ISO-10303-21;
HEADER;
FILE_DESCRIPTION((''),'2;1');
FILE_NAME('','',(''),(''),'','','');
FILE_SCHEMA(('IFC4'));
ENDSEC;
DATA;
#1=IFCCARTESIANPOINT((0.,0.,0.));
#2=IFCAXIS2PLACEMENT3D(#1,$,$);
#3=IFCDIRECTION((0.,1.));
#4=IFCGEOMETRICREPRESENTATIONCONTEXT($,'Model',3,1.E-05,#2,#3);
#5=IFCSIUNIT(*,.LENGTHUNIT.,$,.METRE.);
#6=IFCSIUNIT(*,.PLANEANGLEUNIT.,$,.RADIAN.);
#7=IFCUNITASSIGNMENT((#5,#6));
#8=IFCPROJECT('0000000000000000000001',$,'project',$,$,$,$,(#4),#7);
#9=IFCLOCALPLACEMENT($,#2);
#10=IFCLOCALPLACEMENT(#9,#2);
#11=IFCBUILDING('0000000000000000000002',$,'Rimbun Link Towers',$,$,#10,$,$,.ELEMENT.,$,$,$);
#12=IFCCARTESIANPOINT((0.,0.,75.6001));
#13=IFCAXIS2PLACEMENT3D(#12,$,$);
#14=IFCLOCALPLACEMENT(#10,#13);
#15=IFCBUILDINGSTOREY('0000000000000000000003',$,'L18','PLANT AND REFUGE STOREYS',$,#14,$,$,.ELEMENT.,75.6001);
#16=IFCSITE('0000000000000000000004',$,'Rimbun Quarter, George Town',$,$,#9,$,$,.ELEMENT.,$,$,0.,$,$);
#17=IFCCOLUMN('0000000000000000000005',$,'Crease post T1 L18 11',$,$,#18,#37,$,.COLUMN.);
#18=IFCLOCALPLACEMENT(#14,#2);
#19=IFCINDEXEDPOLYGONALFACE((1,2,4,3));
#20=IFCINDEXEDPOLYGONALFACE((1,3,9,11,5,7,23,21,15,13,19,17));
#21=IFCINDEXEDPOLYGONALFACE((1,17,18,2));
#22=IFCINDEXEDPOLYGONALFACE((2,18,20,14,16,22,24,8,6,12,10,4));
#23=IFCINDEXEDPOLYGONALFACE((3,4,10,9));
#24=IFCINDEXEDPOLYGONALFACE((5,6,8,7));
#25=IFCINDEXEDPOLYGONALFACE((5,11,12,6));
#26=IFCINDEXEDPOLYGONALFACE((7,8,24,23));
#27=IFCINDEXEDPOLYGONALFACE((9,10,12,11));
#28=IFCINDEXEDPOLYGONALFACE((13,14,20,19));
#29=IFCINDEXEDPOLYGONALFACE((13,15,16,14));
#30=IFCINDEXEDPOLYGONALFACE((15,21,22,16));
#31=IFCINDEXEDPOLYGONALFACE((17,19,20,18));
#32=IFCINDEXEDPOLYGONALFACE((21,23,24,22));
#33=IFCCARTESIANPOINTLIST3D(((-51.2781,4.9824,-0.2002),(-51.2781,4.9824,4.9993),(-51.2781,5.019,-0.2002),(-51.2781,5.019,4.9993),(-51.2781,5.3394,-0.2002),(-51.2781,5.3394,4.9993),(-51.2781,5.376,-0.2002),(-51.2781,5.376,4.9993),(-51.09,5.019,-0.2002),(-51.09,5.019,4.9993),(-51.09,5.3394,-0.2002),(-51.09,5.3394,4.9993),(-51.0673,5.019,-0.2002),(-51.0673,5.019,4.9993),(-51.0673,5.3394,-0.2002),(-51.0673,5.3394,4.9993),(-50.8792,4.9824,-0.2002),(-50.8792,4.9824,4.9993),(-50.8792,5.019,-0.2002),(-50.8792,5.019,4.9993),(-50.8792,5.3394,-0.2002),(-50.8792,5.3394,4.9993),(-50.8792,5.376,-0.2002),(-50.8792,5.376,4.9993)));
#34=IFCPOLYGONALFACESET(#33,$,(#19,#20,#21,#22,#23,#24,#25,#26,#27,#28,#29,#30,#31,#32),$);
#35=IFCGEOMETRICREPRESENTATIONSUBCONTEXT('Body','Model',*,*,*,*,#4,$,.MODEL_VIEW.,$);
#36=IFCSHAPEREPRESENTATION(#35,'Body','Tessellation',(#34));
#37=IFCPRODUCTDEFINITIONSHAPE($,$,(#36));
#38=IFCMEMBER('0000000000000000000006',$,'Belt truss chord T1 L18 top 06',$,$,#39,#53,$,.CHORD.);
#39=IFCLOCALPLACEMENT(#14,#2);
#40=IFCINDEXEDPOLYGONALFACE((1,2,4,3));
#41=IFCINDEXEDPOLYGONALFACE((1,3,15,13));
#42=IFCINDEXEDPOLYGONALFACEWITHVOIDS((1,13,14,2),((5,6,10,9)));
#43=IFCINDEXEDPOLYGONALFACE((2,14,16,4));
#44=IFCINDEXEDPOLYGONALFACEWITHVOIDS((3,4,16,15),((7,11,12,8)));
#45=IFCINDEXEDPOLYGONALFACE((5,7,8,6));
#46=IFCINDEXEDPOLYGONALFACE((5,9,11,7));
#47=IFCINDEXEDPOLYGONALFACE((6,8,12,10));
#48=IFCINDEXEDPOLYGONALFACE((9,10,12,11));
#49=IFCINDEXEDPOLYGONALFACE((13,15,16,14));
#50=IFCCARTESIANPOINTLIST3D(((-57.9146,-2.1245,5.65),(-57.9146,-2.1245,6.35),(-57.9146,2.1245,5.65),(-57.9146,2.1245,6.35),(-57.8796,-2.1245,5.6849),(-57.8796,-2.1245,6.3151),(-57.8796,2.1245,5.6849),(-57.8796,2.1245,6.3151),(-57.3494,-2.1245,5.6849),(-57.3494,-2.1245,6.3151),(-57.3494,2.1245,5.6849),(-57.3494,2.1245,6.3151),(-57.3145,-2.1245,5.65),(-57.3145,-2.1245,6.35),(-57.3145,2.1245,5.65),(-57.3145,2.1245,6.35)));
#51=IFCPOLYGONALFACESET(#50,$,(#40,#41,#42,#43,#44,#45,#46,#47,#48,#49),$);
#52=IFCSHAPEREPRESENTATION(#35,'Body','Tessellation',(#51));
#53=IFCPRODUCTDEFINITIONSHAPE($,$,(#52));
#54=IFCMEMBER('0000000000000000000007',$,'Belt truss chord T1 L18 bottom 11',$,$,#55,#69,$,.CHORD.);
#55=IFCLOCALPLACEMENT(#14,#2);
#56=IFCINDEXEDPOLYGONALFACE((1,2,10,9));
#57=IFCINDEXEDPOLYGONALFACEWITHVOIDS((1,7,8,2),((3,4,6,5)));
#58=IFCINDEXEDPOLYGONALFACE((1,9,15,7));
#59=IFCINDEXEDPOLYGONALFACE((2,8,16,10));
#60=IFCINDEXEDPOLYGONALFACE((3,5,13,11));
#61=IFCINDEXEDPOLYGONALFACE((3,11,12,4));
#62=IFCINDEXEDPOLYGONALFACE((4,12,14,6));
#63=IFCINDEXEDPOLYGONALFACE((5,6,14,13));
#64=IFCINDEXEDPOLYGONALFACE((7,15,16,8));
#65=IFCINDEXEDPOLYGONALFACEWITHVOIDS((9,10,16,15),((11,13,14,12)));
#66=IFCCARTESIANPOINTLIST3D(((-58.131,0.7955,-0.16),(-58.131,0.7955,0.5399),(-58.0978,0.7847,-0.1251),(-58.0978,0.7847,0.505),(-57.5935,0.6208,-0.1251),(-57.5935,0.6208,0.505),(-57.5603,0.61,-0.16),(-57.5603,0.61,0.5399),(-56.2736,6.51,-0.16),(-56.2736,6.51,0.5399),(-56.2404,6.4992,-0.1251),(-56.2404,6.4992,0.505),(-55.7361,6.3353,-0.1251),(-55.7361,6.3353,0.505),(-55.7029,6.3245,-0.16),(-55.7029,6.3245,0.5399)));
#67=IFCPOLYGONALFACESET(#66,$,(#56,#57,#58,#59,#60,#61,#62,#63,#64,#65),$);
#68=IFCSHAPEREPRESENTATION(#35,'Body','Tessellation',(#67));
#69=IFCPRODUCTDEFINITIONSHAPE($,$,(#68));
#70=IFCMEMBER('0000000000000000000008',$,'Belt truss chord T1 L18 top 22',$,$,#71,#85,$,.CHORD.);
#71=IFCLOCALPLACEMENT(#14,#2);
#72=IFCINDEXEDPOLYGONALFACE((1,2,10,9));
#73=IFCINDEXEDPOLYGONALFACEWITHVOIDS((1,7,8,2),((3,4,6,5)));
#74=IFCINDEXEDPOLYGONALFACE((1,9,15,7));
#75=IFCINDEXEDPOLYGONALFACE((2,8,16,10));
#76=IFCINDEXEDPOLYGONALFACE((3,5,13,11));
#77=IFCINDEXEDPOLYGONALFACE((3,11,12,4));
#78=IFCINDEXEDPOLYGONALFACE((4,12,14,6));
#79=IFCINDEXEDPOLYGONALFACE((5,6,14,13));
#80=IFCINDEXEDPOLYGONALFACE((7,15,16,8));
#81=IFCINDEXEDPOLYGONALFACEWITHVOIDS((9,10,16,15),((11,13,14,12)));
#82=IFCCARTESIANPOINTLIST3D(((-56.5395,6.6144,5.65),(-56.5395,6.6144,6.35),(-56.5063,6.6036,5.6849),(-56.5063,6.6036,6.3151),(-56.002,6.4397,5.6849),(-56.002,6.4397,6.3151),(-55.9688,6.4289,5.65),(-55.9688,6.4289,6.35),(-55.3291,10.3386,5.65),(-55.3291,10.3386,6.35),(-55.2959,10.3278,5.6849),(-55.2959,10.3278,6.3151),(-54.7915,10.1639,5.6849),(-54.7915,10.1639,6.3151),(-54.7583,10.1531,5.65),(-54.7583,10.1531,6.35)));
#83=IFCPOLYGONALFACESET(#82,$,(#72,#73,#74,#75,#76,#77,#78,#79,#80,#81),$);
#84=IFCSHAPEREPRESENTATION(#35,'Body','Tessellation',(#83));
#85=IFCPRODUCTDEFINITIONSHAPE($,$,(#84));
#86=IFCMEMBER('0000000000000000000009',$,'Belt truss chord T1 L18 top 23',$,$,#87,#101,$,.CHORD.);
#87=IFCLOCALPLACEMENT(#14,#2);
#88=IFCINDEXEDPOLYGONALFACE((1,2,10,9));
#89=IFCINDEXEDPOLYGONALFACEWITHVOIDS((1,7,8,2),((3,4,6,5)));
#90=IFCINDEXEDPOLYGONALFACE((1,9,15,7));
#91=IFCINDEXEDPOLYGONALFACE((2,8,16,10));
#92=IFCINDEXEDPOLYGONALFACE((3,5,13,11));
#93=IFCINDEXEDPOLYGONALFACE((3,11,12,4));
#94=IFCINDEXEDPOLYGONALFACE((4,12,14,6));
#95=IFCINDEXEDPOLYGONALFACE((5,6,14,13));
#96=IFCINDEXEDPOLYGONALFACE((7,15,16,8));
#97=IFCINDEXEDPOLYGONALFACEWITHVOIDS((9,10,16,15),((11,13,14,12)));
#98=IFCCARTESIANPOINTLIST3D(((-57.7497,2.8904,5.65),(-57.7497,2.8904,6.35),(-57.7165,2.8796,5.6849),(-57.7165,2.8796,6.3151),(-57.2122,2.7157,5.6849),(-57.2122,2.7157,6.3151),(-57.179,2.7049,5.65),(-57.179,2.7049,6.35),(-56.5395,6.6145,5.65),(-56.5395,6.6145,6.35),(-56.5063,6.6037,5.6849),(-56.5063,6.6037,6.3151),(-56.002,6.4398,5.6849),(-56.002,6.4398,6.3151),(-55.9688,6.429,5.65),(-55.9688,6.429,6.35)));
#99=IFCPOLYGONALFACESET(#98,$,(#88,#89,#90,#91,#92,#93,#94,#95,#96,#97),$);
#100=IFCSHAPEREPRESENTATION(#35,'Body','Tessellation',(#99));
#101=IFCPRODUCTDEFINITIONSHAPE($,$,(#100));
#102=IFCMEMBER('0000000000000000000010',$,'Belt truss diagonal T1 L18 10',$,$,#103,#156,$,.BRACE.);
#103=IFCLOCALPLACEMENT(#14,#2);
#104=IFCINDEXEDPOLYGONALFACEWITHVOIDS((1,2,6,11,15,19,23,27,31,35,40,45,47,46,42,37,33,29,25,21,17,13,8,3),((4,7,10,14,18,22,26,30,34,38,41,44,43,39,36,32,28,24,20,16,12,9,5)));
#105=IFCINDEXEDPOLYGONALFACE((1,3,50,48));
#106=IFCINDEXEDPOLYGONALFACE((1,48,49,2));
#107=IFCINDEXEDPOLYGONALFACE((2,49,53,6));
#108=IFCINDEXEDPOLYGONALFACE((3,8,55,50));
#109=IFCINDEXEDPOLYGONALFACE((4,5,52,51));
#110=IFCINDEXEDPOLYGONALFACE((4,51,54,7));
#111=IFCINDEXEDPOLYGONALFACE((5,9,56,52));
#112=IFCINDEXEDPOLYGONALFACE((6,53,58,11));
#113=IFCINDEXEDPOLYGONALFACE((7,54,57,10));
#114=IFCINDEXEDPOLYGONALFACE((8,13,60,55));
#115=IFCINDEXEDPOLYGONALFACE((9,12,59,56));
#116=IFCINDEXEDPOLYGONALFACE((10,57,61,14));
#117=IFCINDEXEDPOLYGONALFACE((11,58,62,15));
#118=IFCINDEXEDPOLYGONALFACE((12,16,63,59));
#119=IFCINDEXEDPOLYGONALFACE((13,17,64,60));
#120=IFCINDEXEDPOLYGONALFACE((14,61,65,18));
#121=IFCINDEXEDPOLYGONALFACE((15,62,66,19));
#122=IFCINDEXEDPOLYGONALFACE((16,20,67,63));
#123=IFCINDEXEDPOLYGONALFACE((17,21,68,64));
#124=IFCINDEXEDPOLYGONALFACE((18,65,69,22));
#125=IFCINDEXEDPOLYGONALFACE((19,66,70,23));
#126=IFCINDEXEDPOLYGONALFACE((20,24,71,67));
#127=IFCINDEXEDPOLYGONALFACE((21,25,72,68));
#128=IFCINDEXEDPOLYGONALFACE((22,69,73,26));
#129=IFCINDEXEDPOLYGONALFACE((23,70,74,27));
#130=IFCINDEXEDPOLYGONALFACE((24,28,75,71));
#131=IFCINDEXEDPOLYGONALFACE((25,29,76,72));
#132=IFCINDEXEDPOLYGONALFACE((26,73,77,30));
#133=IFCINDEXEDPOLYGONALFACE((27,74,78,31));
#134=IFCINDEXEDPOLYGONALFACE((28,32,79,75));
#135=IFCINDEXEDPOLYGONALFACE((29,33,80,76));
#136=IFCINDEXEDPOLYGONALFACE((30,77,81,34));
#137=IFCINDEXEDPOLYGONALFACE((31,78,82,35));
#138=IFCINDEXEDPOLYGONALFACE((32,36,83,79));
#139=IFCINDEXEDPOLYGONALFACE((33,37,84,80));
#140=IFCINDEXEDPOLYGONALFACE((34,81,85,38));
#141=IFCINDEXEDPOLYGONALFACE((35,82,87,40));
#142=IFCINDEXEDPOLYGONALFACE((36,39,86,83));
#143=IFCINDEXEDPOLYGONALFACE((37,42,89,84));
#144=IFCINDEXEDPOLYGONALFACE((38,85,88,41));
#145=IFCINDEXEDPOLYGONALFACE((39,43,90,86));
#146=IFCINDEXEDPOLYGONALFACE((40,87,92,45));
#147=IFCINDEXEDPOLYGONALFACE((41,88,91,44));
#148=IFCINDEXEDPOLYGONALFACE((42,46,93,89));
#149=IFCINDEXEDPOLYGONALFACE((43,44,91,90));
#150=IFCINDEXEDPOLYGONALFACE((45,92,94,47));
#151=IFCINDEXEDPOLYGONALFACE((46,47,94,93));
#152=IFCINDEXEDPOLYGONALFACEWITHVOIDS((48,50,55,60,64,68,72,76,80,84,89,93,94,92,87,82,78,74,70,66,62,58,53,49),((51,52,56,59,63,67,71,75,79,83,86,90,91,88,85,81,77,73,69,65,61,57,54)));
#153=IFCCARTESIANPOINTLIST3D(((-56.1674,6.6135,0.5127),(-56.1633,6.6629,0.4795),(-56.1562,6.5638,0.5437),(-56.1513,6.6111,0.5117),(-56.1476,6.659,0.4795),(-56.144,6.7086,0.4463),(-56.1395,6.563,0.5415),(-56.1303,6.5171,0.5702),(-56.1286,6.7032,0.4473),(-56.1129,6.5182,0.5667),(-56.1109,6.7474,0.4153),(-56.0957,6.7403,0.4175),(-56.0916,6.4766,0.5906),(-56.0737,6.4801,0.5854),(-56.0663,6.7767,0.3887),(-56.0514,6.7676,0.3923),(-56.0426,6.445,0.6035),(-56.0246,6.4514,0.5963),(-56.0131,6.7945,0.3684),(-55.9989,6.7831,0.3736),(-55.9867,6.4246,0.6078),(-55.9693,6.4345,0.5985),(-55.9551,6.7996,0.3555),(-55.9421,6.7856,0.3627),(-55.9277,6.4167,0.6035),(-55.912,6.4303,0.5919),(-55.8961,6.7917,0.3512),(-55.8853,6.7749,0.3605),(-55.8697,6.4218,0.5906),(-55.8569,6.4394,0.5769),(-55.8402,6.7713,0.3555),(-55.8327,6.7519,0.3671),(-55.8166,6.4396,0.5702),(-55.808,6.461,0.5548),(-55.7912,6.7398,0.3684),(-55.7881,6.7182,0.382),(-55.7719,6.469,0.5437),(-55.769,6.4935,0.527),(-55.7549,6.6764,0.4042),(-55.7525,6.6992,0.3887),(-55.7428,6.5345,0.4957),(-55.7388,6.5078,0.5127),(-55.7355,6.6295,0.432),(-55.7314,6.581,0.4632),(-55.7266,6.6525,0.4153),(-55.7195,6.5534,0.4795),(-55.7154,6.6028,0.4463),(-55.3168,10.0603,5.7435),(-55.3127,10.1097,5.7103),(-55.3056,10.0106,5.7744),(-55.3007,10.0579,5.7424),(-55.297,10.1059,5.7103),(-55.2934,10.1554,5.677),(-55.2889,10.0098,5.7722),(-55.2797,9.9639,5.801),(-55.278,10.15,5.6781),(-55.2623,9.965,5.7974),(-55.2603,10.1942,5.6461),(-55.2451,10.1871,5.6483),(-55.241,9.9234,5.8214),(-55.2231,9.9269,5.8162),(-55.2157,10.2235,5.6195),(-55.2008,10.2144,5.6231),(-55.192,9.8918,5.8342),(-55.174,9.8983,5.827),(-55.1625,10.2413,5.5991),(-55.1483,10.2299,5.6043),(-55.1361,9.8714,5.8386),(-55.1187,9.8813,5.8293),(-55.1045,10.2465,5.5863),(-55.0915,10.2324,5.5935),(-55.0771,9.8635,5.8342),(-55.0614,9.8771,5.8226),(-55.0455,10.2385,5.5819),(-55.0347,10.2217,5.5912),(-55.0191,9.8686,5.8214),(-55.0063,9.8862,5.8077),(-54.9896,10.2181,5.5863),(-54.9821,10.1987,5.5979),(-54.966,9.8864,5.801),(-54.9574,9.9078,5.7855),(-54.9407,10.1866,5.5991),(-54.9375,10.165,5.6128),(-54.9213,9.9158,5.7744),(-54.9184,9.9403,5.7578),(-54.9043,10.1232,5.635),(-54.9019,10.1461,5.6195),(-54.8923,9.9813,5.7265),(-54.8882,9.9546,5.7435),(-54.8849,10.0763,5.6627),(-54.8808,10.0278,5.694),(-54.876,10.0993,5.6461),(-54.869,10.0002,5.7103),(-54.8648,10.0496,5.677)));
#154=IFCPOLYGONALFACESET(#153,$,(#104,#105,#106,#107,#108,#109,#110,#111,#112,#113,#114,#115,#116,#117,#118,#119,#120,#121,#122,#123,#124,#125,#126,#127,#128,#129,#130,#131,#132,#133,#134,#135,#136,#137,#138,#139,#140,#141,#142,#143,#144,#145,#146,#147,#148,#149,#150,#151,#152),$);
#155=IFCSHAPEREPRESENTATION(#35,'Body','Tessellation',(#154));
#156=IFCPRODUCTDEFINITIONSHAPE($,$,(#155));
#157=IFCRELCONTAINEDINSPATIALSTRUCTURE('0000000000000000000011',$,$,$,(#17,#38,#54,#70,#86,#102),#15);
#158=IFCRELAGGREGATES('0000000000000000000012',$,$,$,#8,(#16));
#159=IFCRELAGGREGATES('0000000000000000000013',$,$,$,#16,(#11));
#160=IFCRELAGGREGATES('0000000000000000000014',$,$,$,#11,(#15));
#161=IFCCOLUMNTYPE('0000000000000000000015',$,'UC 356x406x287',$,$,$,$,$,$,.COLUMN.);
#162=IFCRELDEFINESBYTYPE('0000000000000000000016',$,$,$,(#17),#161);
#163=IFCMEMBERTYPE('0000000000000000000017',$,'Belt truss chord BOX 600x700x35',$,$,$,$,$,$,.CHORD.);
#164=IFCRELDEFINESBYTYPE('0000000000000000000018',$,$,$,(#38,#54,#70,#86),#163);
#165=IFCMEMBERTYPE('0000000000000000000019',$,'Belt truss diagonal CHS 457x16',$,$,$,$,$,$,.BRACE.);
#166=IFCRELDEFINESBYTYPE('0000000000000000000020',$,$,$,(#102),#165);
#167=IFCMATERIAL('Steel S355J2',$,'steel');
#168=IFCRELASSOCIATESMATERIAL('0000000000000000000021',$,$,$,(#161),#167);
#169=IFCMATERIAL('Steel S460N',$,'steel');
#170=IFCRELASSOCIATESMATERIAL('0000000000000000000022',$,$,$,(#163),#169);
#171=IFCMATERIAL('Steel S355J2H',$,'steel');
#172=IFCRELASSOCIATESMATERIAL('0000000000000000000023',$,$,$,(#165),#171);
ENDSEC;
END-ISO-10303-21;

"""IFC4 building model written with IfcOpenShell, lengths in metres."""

from ifc_helpers import new_model, si_unit, direction, frame, origin, origin_2d, place, context, subcontext, project, spatial, hollow_rectangle, hollow_circle, i_section, extrude, material, material_profile, profile_set, type_object, element, save


model = new_model("IFC4")

# Units and contexts
model_context = context("Model", 3, precision=1e-05, world=origin(), true_north=direction((0.0, 1.0)))
body_context = subcontext(model_context, "Body", "Model", "MODEL_VIEW")
ifc_project = project(units=[si_unit("LENGTHUNIT", "METRE"), si_unit("PLANEANGLEUNIT", "RADIAN")], contexts=[model_context])

# Site, building, storey
site_placement = place(None, origin())
site = spatial("IfcSite", under=ifc_project, at=site_placement, Name="Rimbun Quarter, George Town", CompositionType="ELEMENT", RefElevation=0.0)
building_placement = place(site_placement, origin())
building = spatial("IfcBuilding", under=site, at=building_placement, Name="Rimbun Link Towers", CompositionType="ELEMENT")
storey_placement = place(building_placement, frame((0.0, 0.0, 75.6001)))
storey = spatial("IfcBuildingStorey", under=building, at=storey_placement, Name="L18", Description="PLANT AND REFUGE STOREYS", CompositionType="ELEMENT", Elevation=75.6001)

# Column
ifc_material_1 = material(Name="Steel S355J2", Category="steel")
ifc_material_profile_1 = material_profile(ifc_material_1, i_section(OverallWidth=0.3989, OverallDepth=0.3936, WebThickness=0.0227, FlangeThickness=0.0366, at=origin_2d()), Name="UC 356x406x287")
ifc_profile_set_1 = profile_set([ifc_material_profile_1], Name="Steel S355J2")
column_type = type_object("IfcColumnType", Name="UC 356x406x287", PredefinedType="COLUMN", material=ifc_profile_set_1)
column_placement = place(storey_placement, frame((-51.0786, 5.1792, -0.2002), z_axis=(0.0, 0.0, 1.0), x_axis=(1.0, 0.0, 0.0)))
element("IfcColumn", 1, at=column_placement, inside=storey, type_object=column_type, Name="Crease post T1 L18 11", PredefinedType="COLUMN", context=body_context, shape_type="SweptSolid", body=[
    extrude(i_section(OverallWidth=0.3989, OverallDepth=0.3936, WebThickness=0.0227, FlangeThickness=0.0366, at=origin_2d()), origin(), (0.0, 0.0, 1.0), 5.1995),
])

# Members
ifc_material_2 = material(Name="Steel S460N", Category="steel")
ifc_material_profile_2 = material_profile(ifc_material_2, hollow_rectangle(XDim=0.6001, YDim=0.7, WallThickness=0.0349, at=origin_2d()), Name="Belt truss chord BOX 600x700x35")
ifc_profile_set_2 = profile_set([ifc_material_profile_2], Name="Steel S460N")
member_type_1 = type_object("IfcMemberType", Name="Belt truss chord BOX 600x700x35", PredefinedType="CHORD", material=ifc_profile_set_2)
member_1_placement = place(storey_placement, frame((-57.6145, 2.1245, 6.0), z_axis=(0.0, -1.0, 0.0), x_axis=(1.0, 0.0, 0.0)))
element("IfcMember", 2, at=member_1_placement, inside=storey, type_object=member_type_1, Name="Belt truss chord T1 L18 top 06", PredefinedType="CHORD", context=body_context, shape_type="SweptSolid", body=[
    extrude(hollow_rectangle(XDim=0.6001, YDim=0.7, WallThickness=0.0349, at=origin_2d()), origin(), (0.0, 0.0, 1.0), 4.249),
])
member_2_placement = place(storey_placement, frame((-55.9883, 6.4172, 0.1899), z_axis=(-0.309113, -0.951025, 0.0), x_axis=(0.951025, -0.309113, 0.0)))
element("IfcMember", 3, at=member_2_placement, inside=storey, type_object=member_type_1, Name="Belt truss chord T1 L18 bottom 11", PredefinedType="CHORD", context=body_context, shape_type="SweptSolid", body=[
    extrude(hollow_rectangle(XDim=0.6001, YDim=0.7, WallThickness=0.0349, at=origin_2d()), origin(), (0.0, 0.0, 1.0), 6.0088),
])
member_3_placement = place(storey_placement, frame((-55.0437, 10.2458, 6.0), z_axis=(-0.309111, -0.951026, 0.0), x_axis=(0.951026, -0.309111, 0.0)))
element("IfcMember", 4, at=member_3_placement, inside=storey, type_object=member_type_1, Name="Belt truss chord T1 L18 top 22", PredefinedType="CHORD", context=body_context, shape_type="SweptSolid", body=[
    extrude(hollow_rectangle(XDim=0.6001, YDim=0.7, WallThickness=0.0349, at=origin_2d()), origin(), (0.0, 0.0, 1.0), 3.916),
])
member_4_placement = place(storey_placement, frame((-56.2542, 6.5217, 6.0), z_axis=(-0.309055, -0.951044, 0.0), x_axis=(0.951044, -0.309055, 0.0)))
element("IfcMember", 5, at=member_4_placement, inside=storey, type_object=member_type_1, Name="Belt truss chord T1 L18 top 23", PredefinedType="CHORD", context=body_context, shape_type="SweptSolid", body=[
    extrude(hollow_rectangle(XDim=0.6001, YDim=0.7, WallThickness=0.0349, at=origin_2d()), origin(), (0.0, 0.0, 1.0), 3.9158),
])
ifc_material_3 = material(Name="Steel S355J2H", Category="steel")
ifc_material_profile_3 = material_profile(ifc_material_3, hollow_circle(Radius=0.2285, WallThickness=0.0161, at=origin_2d()), Name="Belt truss diagonal CHS 457x16")
ifc_profile_set_3 = profile_set([ifc_material_profile_3], Name="Steel S355J2H")
member_type_2 = type_object("IfcMemberType", Name="Belt truss diagonal CHS 457x16", PredefinedType="BRACE", material=ifc_profile_set_3)
member_5_placement = place(storey_placement, frame((-55.9414, 6.6082, 0.4795), z_axis=(0.13455, 0.545228, 0.827419), x_axis=(-0.970874, 0.23959, 0.0)))
element("IfcMember", 6, at=member_5_placement, inside=storey, type_object=member_type_2, Name="Belt truss diagonal T1 L18 10", PredefinedType="BRACE", context=body_context, shape_type="SweptSolid", body=[
    extrude(hollow_circle(Radius=0.2285, WallThickness=0.0161, at=origin_2d()), origin(), (0.0, 0.0, 1.0), 6.3218),
])

save(model, "model.ifc")
